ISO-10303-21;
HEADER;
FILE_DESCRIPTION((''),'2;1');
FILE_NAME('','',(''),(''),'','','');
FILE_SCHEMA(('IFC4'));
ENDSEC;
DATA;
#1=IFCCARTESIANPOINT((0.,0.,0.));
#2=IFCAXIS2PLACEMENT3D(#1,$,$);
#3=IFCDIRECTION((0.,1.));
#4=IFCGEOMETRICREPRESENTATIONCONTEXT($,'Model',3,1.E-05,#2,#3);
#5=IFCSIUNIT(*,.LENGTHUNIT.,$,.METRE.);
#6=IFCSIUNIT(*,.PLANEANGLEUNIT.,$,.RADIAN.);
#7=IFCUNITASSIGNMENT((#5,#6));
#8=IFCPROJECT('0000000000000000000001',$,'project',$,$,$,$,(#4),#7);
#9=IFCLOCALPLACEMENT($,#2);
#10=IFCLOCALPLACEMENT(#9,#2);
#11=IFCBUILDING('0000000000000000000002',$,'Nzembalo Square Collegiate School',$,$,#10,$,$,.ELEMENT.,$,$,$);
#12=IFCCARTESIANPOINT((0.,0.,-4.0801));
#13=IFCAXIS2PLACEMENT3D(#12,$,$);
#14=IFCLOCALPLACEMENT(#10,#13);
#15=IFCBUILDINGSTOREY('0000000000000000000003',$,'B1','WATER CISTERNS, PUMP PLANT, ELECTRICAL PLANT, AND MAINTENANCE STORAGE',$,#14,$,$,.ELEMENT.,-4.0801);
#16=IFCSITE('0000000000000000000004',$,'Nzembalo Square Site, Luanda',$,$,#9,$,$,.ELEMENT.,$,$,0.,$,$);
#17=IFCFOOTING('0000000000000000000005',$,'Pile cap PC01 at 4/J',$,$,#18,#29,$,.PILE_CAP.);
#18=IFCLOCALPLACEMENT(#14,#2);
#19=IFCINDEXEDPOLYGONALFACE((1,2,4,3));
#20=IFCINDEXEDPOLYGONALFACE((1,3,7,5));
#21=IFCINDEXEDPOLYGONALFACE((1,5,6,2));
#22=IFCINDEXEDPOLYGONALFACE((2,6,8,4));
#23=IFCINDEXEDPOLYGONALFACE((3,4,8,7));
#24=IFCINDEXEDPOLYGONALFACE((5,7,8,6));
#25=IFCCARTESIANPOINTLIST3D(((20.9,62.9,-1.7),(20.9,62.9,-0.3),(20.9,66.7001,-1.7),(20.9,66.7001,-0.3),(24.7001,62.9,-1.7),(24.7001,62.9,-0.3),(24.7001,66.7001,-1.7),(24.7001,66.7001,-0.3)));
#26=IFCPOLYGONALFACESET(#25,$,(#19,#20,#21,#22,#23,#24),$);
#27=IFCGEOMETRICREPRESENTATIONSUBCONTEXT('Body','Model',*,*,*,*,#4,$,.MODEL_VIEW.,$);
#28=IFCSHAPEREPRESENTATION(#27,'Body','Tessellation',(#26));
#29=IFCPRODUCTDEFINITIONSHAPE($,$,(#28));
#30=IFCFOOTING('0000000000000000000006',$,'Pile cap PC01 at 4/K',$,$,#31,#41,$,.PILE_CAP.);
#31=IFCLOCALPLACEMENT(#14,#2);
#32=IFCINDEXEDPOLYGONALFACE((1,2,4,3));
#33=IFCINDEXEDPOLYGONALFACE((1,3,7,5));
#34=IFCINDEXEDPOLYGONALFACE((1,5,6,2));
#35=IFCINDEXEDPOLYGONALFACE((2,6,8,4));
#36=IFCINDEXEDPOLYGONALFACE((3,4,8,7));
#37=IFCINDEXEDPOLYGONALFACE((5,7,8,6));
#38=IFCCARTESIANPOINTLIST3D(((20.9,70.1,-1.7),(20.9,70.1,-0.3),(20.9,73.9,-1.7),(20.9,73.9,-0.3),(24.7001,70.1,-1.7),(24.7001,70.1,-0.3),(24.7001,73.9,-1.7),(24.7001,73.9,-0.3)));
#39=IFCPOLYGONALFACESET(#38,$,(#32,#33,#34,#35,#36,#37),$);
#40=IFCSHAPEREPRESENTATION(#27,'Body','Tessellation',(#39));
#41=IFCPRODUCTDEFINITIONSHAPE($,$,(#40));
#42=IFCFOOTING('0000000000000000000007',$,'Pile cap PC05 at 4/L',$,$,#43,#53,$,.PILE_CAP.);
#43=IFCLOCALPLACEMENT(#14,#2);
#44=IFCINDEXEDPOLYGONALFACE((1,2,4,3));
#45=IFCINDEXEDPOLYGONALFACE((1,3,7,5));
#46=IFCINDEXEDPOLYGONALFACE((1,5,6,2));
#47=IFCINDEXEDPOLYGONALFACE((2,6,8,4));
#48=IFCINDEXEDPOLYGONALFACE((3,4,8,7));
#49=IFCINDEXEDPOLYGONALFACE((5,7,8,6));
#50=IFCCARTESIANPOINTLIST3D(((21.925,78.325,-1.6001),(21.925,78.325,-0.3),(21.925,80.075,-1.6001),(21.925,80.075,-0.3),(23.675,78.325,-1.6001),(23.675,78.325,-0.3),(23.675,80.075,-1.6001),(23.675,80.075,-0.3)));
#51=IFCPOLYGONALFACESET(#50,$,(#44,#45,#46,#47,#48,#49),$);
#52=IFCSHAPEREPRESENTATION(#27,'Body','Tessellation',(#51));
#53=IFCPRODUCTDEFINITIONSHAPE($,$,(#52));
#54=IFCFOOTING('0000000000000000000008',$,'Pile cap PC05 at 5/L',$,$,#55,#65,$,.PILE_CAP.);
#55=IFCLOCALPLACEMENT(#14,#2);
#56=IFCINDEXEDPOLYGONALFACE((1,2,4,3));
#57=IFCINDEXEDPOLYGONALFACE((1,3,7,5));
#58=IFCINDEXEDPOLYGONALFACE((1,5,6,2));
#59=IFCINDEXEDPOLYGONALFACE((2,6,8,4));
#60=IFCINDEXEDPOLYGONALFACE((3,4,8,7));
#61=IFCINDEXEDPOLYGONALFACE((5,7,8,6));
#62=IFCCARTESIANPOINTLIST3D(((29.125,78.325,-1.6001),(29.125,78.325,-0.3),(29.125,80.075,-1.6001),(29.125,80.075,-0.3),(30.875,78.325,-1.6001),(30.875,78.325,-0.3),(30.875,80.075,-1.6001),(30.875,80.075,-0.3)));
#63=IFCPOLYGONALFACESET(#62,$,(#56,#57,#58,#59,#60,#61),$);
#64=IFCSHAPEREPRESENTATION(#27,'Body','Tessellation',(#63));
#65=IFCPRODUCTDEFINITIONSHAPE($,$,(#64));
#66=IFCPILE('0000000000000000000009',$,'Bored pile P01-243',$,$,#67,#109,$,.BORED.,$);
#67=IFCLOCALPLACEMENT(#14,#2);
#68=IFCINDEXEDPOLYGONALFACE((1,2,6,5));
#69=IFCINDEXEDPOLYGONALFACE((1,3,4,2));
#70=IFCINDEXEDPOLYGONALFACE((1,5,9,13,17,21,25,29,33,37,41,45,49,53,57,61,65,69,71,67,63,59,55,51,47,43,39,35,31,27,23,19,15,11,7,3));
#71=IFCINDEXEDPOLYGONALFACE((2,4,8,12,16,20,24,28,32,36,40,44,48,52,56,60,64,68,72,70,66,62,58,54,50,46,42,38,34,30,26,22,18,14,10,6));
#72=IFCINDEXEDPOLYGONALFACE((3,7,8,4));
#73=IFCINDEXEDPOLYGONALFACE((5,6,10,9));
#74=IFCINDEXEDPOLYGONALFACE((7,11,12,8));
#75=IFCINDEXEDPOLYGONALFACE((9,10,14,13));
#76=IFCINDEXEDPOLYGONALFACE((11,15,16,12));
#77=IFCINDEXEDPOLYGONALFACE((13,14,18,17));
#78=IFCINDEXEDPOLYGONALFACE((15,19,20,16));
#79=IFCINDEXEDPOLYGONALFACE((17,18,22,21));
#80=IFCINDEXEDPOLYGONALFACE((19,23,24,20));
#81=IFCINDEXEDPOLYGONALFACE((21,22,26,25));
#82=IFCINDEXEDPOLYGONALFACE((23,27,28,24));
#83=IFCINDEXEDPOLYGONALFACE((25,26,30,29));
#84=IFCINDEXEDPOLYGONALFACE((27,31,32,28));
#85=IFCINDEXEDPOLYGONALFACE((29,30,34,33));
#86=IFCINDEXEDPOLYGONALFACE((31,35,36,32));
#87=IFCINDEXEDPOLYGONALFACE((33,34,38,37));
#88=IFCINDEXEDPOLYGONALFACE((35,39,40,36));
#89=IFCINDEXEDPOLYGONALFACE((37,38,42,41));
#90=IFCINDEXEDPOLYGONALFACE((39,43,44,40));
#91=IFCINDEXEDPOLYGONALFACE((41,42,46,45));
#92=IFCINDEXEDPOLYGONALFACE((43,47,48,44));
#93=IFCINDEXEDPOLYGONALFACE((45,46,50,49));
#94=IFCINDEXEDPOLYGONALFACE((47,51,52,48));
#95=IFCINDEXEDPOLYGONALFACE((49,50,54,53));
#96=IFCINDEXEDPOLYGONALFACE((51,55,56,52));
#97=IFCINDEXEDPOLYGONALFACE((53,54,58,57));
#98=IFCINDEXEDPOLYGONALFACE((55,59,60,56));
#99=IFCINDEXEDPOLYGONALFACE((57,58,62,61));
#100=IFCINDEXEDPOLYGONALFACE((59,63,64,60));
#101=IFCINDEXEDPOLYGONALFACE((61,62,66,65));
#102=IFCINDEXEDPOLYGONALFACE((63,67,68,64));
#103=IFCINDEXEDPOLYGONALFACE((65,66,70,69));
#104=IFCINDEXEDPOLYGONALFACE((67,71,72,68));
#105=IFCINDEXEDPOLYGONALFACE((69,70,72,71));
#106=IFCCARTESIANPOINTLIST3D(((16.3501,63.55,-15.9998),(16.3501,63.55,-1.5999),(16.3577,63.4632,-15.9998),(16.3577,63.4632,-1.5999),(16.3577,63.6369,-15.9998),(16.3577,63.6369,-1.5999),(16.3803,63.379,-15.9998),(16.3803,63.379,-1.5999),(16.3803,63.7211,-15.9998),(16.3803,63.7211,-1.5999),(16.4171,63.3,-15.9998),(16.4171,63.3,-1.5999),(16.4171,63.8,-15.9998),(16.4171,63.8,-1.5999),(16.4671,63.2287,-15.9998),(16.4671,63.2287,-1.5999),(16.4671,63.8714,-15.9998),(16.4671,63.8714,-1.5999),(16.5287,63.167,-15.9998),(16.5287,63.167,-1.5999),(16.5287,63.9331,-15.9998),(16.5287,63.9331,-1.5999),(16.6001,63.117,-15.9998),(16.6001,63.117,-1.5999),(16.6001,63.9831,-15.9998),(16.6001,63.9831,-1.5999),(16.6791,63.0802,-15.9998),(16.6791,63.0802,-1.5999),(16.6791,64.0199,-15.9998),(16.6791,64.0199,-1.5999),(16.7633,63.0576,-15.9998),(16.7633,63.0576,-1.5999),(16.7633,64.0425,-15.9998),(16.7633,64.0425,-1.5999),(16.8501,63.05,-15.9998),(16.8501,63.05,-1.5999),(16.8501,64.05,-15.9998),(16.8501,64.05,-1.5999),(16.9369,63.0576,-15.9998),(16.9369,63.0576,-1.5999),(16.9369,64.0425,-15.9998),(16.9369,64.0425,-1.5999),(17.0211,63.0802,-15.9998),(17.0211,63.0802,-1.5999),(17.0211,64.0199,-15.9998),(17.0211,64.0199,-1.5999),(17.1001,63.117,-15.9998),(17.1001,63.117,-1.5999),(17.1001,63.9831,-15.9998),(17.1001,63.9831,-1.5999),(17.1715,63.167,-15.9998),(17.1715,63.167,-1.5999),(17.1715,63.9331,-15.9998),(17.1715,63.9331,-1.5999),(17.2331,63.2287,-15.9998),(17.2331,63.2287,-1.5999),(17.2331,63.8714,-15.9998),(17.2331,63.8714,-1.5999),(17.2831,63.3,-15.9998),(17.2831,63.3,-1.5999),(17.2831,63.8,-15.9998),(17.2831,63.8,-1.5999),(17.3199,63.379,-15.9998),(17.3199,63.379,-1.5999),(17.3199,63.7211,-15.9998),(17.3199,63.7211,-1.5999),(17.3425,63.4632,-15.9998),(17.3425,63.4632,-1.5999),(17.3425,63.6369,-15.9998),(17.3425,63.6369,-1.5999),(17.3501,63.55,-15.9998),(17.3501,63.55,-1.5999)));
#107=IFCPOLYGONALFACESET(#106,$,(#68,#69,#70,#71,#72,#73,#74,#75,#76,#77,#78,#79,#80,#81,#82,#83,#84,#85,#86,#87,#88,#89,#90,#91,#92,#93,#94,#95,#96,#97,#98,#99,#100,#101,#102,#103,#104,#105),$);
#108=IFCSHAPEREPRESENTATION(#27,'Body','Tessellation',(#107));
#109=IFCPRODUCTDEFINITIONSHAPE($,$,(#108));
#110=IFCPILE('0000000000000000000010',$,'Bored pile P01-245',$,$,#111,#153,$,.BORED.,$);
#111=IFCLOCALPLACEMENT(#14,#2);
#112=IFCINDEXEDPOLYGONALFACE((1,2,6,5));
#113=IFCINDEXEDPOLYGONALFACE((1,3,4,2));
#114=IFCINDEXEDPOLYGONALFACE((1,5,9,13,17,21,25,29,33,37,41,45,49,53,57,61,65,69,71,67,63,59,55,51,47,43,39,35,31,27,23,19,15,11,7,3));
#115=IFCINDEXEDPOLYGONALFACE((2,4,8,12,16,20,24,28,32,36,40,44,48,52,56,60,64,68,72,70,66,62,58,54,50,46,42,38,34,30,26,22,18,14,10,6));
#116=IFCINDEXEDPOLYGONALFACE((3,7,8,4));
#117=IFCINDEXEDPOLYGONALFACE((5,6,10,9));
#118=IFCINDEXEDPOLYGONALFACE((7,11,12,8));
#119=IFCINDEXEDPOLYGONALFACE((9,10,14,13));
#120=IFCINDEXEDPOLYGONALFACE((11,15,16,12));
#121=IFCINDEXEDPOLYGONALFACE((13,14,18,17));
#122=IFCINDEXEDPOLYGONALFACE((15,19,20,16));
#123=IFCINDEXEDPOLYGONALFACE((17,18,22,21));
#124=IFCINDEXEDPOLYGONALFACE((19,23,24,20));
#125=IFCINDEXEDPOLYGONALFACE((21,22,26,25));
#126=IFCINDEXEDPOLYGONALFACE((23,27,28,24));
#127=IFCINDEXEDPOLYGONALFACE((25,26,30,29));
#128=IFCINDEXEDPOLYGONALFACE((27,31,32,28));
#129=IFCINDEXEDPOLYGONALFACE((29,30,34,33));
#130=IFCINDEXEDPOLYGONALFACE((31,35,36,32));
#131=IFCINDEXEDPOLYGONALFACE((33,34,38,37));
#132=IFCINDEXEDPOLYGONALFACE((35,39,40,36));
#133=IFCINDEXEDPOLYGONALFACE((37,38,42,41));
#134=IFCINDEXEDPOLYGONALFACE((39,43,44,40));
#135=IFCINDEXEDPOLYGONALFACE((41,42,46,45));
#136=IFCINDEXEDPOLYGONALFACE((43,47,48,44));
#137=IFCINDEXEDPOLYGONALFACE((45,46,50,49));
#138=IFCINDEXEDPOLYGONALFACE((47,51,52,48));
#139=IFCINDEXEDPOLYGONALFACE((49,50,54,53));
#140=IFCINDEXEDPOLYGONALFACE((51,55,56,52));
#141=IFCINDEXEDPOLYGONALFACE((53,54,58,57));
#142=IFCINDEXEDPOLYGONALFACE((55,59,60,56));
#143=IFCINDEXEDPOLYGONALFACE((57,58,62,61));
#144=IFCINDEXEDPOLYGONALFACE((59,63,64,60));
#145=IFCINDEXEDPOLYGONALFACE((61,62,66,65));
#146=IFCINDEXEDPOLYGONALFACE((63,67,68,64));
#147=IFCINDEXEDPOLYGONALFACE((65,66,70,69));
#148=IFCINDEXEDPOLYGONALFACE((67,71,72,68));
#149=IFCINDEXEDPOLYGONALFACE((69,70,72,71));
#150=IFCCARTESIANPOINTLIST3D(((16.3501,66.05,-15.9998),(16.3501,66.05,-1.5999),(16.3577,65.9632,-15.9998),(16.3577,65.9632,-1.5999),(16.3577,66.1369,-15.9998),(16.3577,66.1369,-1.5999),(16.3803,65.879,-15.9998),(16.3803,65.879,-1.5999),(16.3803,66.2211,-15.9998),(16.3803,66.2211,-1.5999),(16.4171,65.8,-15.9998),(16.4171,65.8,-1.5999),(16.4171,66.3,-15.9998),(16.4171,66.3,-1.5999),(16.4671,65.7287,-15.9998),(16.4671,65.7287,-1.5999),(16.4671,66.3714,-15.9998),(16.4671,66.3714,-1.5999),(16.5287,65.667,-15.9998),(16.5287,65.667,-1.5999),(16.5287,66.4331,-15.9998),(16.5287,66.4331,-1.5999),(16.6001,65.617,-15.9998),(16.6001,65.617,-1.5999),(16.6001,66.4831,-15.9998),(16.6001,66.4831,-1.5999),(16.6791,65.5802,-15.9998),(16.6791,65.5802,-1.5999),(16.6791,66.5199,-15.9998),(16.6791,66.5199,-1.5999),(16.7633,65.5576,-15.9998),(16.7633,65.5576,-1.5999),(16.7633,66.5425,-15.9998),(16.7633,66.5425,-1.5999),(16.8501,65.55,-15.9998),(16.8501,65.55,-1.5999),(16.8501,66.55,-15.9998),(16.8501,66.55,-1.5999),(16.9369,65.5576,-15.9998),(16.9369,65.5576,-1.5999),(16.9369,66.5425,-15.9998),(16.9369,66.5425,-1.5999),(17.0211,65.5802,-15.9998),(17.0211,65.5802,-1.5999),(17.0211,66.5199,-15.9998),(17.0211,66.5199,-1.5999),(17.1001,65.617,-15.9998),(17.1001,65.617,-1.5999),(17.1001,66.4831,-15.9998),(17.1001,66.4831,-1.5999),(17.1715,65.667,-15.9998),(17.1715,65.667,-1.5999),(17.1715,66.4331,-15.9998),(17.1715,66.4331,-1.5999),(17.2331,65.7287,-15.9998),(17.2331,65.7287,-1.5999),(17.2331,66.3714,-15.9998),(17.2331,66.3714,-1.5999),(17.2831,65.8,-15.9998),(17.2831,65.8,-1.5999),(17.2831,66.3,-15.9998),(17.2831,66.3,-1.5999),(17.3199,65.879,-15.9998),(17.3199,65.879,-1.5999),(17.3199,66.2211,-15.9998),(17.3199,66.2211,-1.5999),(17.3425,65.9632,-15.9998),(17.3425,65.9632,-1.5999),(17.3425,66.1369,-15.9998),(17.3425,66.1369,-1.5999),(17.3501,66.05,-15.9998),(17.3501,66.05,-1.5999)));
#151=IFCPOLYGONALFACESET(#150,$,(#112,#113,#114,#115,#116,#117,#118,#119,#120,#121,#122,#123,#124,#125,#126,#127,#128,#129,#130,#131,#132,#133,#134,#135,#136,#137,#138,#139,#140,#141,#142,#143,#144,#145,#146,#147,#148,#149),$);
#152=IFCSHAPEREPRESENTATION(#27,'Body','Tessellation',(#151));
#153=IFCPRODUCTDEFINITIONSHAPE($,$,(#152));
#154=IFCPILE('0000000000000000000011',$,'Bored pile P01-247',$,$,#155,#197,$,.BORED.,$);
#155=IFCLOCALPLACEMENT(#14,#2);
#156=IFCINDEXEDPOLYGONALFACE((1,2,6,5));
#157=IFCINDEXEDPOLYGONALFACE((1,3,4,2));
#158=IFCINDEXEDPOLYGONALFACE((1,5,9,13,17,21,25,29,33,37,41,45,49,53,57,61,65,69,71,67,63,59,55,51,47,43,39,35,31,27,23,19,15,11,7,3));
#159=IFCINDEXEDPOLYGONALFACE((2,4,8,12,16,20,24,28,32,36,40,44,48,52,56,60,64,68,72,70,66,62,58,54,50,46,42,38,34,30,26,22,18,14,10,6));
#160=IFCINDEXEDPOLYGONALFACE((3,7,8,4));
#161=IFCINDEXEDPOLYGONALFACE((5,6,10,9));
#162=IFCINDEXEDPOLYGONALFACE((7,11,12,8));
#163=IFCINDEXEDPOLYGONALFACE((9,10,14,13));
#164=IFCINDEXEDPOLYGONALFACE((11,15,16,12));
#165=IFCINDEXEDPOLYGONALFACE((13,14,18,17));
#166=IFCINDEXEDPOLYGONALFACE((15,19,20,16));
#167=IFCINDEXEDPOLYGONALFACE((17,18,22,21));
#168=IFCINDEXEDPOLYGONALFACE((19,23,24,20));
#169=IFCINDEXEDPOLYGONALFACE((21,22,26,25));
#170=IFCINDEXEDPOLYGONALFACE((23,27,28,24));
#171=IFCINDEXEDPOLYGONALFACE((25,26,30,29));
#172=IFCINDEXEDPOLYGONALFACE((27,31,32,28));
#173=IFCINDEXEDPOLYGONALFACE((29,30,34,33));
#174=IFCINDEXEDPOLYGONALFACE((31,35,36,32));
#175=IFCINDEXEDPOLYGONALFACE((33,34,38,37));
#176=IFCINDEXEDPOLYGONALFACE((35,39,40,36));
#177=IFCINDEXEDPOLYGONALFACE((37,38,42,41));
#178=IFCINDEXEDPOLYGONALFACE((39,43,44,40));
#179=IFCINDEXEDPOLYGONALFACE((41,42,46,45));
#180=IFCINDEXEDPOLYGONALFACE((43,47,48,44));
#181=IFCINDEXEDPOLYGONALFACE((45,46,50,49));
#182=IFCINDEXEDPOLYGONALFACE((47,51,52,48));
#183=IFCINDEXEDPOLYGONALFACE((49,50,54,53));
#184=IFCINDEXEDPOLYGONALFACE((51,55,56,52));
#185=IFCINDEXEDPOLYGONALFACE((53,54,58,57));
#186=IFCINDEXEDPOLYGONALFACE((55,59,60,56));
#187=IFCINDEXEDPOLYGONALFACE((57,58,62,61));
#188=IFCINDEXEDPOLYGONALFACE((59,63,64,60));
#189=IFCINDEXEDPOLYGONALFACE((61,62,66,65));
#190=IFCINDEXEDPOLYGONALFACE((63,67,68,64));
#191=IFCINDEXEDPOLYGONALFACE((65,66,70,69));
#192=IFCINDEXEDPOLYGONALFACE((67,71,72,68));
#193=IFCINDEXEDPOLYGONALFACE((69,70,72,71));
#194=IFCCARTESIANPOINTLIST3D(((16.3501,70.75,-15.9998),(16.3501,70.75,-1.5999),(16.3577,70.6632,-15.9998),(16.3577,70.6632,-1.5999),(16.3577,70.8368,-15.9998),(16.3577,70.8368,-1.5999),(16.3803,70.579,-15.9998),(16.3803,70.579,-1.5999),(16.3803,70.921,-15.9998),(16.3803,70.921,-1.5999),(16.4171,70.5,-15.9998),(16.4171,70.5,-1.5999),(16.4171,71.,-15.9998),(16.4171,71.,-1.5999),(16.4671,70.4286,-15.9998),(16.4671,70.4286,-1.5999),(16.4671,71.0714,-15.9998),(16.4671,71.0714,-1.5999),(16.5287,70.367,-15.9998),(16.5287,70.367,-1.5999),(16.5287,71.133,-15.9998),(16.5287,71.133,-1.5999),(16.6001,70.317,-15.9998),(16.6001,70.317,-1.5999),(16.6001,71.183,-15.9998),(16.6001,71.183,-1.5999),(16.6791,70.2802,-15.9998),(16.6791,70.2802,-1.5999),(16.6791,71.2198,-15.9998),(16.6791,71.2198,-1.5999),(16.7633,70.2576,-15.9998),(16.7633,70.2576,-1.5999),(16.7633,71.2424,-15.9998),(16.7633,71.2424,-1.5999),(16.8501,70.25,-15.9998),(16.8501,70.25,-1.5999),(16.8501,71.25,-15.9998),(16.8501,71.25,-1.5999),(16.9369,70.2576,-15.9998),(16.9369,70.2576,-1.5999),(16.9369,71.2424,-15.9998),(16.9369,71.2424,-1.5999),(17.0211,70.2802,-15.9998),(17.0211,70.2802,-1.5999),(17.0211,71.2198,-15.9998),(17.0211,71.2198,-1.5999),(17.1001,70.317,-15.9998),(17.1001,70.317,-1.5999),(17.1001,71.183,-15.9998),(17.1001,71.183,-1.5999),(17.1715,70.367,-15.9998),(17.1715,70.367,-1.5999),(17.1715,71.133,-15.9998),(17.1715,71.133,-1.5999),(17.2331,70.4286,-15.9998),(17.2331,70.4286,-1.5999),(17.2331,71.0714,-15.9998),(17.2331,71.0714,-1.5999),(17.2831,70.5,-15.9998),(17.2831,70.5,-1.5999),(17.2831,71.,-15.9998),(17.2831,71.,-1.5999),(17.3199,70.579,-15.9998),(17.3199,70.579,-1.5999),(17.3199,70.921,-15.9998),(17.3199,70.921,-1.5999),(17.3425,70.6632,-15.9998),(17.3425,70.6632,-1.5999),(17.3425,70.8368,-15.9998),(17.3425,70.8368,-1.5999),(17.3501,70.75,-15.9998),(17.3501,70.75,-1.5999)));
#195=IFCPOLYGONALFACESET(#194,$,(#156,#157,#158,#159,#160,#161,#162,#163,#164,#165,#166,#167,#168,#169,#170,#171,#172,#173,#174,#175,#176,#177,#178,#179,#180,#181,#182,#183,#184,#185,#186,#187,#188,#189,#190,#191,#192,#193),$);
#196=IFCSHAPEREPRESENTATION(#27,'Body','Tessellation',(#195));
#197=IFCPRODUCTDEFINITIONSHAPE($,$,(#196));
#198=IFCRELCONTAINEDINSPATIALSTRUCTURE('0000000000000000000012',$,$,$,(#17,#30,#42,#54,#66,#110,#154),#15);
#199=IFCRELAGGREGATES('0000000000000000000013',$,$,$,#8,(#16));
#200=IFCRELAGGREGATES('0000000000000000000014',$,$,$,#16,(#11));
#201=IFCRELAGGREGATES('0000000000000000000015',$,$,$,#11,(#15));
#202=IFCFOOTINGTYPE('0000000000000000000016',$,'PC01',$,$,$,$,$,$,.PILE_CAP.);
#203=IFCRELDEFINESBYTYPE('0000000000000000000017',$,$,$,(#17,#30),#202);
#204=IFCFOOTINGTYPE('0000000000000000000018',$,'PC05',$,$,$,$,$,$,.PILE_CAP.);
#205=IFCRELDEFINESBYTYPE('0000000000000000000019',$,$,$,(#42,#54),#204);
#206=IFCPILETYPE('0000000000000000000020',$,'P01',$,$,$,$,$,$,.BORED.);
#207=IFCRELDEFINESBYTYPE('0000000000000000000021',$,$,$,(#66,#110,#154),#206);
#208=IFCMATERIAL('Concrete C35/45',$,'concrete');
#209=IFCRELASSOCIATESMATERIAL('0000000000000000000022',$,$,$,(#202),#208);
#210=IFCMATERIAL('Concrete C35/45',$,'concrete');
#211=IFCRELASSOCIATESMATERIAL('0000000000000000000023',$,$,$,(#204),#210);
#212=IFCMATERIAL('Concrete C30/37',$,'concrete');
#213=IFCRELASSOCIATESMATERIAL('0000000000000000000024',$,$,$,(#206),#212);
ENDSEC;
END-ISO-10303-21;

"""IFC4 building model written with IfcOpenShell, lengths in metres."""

from ifc_helpers import new_model, si_unit, direction, frame, origin, origin_2d, place, context, subcontext, project, spatial, rectangle, circle, extrude, material, material_profile, profile_set, type_object, element, save


model = new_model("IFC4")

# Units and contexts
model_context = context("Model", 3, precision=1e-05, world=origin(), true_north=direction((0.0, 1.0)))
body_context = subcontext(model_context, "Body", "Model", "MODEL_VIEW")
ifc_project = project(units=[si_unit("LENGTHUNIT", "METRE"), si_unit("PLANEANGLEUNIT", "RADIAN")], contexts=[model_context])

# Site, building, storey
site_placement = place(None, origin())
site = spatial("IfcSite", under=ifc_project, at=site_placement, Name="Nzembalo Square Site, Luanda", CompositionType="ELEMENT", RefElevation=0.0)
building_placement = place(site_placement, origin())
building = spatial("IfcBuilding", under=site, at=building_placement, Name="Nzembalo Square Collegiate School", CompositionType="ELEMENT")
storey_placement = place(building_placement, frame((0.0, 0.0, -4.0801)))
storey = spatial("IfcBuildingStorey", under=building, at=storey_placement, Name="B1", Description="WATER CISTERNS, PUMP PLANT, ELECTRICAL PLANT, AND MAINTENANCE STORAGE", CompositionType="ELEMENT", Elevation=-4.0801)

# Footings
ifc_material_1 = material(Name="Concrete C35/45", Category="concrete")
footing_type_1 = type_object("IfcFootingType", Name="PC01", PredefinedType="PILE_CAP", material=ifc_material_1)
for number, where, z_axis, x_axis, name in (
    (1, (22.8, 64.8, -1.7), (0.0, 0.0, 1.0), (1.0, 0.0, 0.0), "Pile cap PC01 at 4/J"),
    (2, (22.8, 72.0, -1.7), (0.0, 0.0, 1.0), (1.0, 0.0, 0.0), "Pile cap PC01 at 4/K"),
):
    element("IfcFooting", number, at=place(storey_placement, frame(where, z_axis=z_axis, x_axis=x_axis)), inside=storey, type_object=footing_type_1, Name=name, PredefinedType="PILE_CAP", context=body_context, shape_type="SweptSolid", body=[
        extrude(rectangle(XDim=3.8, YDim=3.8, at=origin_2d()), origin(), (0.0, 0.0, 1.0), 1.3999),
    ])
ifc_material_2 = material(Name="Concrete C35/45", Category="concrete")
footing_type_2 = type_object("IfcFootingType", Name="PC05", PredefinedType="PILE_CAP", material=ifc_material_2)
for number, where, z_axis, x_axis, name in (
    (3, (22.8, 79.2, -1.6001), (0.0, 0.0, 1.0), (1.0, 0.0, 0.0), "Pile cap PC05 at 4/L"),
    (4, (30.0, 79.2, -1.6001), (0.0, 0.0, 1.0), (1.0, 0.0, 0.0), "Pile cap PC05 at 5/L"),
):
    element("IfcFooting", number, at=place(storey_placement, frame(where, z_axis=z_axis, x_axis=x_axis)), inside=storey, type_object=footing_type_2, Name=name, PredefinedType="PILE_CAP", context=body_context, shape_type="SweptSolid", body=[
        extrude(rectangle(XDim=1.75, YDim=1.75, at=origin_2d()), origin(), (0.0, 0.0, 1.0), 1.3),
    ])

# Piles
ifc_material_3 = material(Name="Concrete C30/37", Category="concrete")
ifc_material_profile_1 = material_profile(ifc_material_3, circle(Radius=0.5, at=origin_2d()), Name="PILE D1000")
ifc_profile_set_1 = profile_set([ifc_material_profile_1], Name="Concrete C30/37")
pile_type = type_object("IfcPileType", Name="P01", PredefinedType="BORED", material=ifc_profile_set_1)
for number, where, z_axis, x_axis, name in (
    (5, (16.8501, 63.55, -1.5999), (0.0, 0.0, -1.0), (1.0, 0.0, 0.0), "Bored pile P01-243"),
    (6, (16.8501, 66.05, -1.5999), (0.0, 0.0, -1.0), (1.0, 0.0, 0.0), "Bored pile P01-245"),
    (7, (16.8501, 70.75, -1.5999), (0.0, 0.0, -1.0), (1.0, 0.0, 0.0), "Bored pile P01-247"),
):
    element("IfcPile", number, at=place(storey_placement, frame(where, z_axis=z_axis, x_axis=x_axis)), inside=storey, type_object=pile_type, Name=name, PredefinedType="BORED", context=body_context, shape_type="SweptSolid", body=[
        extrude(circle(Radius=0.5, at=origin_2d()), origin(), (0.0, 0.0, 1.0), 14.3999),
    ])

save(model, "model.ifc")
